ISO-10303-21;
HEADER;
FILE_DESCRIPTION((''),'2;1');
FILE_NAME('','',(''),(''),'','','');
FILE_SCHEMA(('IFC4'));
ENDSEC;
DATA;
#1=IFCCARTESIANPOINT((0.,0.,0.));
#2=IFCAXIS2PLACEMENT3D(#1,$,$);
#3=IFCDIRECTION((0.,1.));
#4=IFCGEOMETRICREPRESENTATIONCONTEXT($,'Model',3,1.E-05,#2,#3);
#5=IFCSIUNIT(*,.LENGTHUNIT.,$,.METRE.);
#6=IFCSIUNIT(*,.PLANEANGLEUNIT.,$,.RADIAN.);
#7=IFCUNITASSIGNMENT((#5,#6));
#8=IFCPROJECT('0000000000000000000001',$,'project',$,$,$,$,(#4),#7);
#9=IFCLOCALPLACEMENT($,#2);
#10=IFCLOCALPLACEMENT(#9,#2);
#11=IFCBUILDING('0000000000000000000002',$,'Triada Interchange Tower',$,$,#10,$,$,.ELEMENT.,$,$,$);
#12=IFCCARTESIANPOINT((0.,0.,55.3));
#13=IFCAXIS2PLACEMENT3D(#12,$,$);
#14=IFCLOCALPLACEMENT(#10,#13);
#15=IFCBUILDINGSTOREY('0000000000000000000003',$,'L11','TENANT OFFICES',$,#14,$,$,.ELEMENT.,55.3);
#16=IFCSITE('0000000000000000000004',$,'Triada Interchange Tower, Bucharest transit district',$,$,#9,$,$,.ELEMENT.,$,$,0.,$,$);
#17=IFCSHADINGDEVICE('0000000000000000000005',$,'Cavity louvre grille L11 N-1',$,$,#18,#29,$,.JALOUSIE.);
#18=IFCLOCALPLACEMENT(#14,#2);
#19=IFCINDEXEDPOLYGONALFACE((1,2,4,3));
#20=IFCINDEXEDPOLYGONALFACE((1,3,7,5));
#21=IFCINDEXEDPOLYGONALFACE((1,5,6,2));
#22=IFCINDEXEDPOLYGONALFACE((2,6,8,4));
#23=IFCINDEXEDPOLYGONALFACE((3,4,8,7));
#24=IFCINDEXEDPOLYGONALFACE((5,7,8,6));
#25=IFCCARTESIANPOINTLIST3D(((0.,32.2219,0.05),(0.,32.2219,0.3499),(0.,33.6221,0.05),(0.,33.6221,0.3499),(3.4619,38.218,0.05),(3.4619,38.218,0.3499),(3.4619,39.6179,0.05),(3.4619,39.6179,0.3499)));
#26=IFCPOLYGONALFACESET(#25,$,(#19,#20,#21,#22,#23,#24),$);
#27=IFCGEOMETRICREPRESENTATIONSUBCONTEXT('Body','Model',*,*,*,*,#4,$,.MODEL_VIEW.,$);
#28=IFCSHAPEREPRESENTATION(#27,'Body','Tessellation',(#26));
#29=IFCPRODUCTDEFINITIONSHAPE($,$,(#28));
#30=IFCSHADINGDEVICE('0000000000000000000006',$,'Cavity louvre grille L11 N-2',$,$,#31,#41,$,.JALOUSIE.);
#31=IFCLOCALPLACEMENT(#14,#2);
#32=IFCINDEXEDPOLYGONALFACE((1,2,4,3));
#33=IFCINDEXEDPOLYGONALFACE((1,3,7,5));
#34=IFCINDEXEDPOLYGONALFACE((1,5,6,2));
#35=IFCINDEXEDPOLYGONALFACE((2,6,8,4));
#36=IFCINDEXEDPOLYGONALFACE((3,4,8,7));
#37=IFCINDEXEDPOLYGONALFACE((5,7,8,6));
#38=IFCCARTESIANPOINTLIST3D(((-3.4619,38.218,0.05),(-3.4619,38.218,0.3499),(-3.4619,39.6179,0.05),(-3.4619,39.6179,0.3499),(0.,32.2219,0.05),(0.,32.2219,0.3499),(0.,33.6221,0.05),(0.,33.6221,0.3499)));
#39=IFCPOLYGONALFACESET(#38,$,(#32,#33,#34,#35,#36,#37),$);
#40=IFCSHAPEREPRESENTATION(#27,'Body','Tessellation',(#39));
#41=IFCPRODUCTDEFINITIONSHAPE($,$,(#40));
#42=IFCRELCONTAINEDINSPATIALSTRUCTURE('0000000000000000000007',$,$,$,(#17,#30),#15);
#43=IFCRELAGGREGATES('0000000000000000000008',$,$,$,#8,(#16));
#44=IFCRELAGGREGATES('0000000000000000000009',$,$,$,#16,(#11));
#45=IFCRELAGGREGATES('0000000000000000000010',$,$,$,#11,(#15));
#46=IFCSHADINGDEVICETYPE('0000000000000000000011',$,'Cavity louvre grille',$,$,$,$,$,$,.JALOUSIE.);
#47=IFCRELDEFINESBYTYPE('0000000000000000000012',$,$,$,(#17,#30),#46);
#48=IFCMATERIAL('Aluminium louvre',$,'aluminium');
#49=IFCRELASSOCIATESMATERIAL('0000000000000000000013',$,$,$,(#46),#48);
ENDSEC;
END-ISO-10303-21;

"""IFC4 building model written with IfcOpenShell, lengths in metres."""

from ifc_helpers import new_model, si_unit, direction, frame, origin, place, context, subcontext, project, spatial, polyline, outline, extrude, material, type_object, element, save


model = new_model("IFC4")

# Units and contexts
model_context = context("Model", 3, precision=1e-05, world=origin(), true_north=direction((0.0, 1.0)))
body_context = subcontext(model_context, "Body", "Model", "MODEL_VIEW")
ifc_project = project(units=[si_unit("LENGTHUNIT", "METRE"), si_unit("PLANEANGLEUNIT", "RADIAN")], contexts=[model_context])

# Site, building, storey
site_placement = place(None, origin())
site = spatial("IfcSite", under=ifc_project, at=site_placement, Name="Triada Interchange Tower, Bucharest transit district", CompositionType="ELEMENT", RefElevation=0.0)
building_placement = place(site_placement, origin())
building = spatial("IfcBuilding", under=site, at=building_placement, Name="Triada Interchange Tower", CompositionType="ELEMENT")
storey_placement = place(building_placement, frame((0.0, 0.0, 55.3)))
storey = spatial("IfcBuildingStorey", under=building, at=storey_placement, Name="L11", Description="TENANT OFFICES", CompositionType="ELEMENT", Elevation=55.3)

# Shading devices
ifc_material_1 = material(Name="Aluminium louvre", Category="aluminium")
shading_device_type = type_object("IfcShadingDeviceType", Name="Cavity louvre grille", PredefinedType="JALOUSIE", material=ifc_material_1)
shading_device_1_placement = place(storey_placement, frame((0.0, 0.0, 0.05)))
element("IfcShadingDevice", 1, at=shading_device_1_placement, inside=storey, type_object=shading_device_type, Name="Cavity louvre grille L11 N-1", PredefinedType="JALOUSIE", context=body_context, shape_type="SweptSolid", body=[
    extrude(outline(polyline([(3.4619, 38.218), (3.4619, 39.6179), (0.0, 33.6221), (0.0, 32.2219), (3.4619, 38.218)])), origin(), (0.0, 0.0, 1.0), 0.2998),
])
shading_device_2_placement = place(storey_placement, frame((0.0, 0.0, 0.05)))
element("IfcShadingDevice", 2, at=shading_device_2_placement, inside=storey, type_object=shading_device_type, Name="Cavity louvre grille L11 N-2", PredefinedType="JALOUSIE", context=body_context, shape_type="SweptSolid", body=[
    extrude(outline(polyline([(0.0, 32.2219), (0.0, 33.6221), (-3.4619, 39.6179), (-3.4619, 38.218), (0.0, 32.2219)])), origin(), (0.0, 0.0, 1.0), 0.2998),
])

save(model, "model.ifc")
